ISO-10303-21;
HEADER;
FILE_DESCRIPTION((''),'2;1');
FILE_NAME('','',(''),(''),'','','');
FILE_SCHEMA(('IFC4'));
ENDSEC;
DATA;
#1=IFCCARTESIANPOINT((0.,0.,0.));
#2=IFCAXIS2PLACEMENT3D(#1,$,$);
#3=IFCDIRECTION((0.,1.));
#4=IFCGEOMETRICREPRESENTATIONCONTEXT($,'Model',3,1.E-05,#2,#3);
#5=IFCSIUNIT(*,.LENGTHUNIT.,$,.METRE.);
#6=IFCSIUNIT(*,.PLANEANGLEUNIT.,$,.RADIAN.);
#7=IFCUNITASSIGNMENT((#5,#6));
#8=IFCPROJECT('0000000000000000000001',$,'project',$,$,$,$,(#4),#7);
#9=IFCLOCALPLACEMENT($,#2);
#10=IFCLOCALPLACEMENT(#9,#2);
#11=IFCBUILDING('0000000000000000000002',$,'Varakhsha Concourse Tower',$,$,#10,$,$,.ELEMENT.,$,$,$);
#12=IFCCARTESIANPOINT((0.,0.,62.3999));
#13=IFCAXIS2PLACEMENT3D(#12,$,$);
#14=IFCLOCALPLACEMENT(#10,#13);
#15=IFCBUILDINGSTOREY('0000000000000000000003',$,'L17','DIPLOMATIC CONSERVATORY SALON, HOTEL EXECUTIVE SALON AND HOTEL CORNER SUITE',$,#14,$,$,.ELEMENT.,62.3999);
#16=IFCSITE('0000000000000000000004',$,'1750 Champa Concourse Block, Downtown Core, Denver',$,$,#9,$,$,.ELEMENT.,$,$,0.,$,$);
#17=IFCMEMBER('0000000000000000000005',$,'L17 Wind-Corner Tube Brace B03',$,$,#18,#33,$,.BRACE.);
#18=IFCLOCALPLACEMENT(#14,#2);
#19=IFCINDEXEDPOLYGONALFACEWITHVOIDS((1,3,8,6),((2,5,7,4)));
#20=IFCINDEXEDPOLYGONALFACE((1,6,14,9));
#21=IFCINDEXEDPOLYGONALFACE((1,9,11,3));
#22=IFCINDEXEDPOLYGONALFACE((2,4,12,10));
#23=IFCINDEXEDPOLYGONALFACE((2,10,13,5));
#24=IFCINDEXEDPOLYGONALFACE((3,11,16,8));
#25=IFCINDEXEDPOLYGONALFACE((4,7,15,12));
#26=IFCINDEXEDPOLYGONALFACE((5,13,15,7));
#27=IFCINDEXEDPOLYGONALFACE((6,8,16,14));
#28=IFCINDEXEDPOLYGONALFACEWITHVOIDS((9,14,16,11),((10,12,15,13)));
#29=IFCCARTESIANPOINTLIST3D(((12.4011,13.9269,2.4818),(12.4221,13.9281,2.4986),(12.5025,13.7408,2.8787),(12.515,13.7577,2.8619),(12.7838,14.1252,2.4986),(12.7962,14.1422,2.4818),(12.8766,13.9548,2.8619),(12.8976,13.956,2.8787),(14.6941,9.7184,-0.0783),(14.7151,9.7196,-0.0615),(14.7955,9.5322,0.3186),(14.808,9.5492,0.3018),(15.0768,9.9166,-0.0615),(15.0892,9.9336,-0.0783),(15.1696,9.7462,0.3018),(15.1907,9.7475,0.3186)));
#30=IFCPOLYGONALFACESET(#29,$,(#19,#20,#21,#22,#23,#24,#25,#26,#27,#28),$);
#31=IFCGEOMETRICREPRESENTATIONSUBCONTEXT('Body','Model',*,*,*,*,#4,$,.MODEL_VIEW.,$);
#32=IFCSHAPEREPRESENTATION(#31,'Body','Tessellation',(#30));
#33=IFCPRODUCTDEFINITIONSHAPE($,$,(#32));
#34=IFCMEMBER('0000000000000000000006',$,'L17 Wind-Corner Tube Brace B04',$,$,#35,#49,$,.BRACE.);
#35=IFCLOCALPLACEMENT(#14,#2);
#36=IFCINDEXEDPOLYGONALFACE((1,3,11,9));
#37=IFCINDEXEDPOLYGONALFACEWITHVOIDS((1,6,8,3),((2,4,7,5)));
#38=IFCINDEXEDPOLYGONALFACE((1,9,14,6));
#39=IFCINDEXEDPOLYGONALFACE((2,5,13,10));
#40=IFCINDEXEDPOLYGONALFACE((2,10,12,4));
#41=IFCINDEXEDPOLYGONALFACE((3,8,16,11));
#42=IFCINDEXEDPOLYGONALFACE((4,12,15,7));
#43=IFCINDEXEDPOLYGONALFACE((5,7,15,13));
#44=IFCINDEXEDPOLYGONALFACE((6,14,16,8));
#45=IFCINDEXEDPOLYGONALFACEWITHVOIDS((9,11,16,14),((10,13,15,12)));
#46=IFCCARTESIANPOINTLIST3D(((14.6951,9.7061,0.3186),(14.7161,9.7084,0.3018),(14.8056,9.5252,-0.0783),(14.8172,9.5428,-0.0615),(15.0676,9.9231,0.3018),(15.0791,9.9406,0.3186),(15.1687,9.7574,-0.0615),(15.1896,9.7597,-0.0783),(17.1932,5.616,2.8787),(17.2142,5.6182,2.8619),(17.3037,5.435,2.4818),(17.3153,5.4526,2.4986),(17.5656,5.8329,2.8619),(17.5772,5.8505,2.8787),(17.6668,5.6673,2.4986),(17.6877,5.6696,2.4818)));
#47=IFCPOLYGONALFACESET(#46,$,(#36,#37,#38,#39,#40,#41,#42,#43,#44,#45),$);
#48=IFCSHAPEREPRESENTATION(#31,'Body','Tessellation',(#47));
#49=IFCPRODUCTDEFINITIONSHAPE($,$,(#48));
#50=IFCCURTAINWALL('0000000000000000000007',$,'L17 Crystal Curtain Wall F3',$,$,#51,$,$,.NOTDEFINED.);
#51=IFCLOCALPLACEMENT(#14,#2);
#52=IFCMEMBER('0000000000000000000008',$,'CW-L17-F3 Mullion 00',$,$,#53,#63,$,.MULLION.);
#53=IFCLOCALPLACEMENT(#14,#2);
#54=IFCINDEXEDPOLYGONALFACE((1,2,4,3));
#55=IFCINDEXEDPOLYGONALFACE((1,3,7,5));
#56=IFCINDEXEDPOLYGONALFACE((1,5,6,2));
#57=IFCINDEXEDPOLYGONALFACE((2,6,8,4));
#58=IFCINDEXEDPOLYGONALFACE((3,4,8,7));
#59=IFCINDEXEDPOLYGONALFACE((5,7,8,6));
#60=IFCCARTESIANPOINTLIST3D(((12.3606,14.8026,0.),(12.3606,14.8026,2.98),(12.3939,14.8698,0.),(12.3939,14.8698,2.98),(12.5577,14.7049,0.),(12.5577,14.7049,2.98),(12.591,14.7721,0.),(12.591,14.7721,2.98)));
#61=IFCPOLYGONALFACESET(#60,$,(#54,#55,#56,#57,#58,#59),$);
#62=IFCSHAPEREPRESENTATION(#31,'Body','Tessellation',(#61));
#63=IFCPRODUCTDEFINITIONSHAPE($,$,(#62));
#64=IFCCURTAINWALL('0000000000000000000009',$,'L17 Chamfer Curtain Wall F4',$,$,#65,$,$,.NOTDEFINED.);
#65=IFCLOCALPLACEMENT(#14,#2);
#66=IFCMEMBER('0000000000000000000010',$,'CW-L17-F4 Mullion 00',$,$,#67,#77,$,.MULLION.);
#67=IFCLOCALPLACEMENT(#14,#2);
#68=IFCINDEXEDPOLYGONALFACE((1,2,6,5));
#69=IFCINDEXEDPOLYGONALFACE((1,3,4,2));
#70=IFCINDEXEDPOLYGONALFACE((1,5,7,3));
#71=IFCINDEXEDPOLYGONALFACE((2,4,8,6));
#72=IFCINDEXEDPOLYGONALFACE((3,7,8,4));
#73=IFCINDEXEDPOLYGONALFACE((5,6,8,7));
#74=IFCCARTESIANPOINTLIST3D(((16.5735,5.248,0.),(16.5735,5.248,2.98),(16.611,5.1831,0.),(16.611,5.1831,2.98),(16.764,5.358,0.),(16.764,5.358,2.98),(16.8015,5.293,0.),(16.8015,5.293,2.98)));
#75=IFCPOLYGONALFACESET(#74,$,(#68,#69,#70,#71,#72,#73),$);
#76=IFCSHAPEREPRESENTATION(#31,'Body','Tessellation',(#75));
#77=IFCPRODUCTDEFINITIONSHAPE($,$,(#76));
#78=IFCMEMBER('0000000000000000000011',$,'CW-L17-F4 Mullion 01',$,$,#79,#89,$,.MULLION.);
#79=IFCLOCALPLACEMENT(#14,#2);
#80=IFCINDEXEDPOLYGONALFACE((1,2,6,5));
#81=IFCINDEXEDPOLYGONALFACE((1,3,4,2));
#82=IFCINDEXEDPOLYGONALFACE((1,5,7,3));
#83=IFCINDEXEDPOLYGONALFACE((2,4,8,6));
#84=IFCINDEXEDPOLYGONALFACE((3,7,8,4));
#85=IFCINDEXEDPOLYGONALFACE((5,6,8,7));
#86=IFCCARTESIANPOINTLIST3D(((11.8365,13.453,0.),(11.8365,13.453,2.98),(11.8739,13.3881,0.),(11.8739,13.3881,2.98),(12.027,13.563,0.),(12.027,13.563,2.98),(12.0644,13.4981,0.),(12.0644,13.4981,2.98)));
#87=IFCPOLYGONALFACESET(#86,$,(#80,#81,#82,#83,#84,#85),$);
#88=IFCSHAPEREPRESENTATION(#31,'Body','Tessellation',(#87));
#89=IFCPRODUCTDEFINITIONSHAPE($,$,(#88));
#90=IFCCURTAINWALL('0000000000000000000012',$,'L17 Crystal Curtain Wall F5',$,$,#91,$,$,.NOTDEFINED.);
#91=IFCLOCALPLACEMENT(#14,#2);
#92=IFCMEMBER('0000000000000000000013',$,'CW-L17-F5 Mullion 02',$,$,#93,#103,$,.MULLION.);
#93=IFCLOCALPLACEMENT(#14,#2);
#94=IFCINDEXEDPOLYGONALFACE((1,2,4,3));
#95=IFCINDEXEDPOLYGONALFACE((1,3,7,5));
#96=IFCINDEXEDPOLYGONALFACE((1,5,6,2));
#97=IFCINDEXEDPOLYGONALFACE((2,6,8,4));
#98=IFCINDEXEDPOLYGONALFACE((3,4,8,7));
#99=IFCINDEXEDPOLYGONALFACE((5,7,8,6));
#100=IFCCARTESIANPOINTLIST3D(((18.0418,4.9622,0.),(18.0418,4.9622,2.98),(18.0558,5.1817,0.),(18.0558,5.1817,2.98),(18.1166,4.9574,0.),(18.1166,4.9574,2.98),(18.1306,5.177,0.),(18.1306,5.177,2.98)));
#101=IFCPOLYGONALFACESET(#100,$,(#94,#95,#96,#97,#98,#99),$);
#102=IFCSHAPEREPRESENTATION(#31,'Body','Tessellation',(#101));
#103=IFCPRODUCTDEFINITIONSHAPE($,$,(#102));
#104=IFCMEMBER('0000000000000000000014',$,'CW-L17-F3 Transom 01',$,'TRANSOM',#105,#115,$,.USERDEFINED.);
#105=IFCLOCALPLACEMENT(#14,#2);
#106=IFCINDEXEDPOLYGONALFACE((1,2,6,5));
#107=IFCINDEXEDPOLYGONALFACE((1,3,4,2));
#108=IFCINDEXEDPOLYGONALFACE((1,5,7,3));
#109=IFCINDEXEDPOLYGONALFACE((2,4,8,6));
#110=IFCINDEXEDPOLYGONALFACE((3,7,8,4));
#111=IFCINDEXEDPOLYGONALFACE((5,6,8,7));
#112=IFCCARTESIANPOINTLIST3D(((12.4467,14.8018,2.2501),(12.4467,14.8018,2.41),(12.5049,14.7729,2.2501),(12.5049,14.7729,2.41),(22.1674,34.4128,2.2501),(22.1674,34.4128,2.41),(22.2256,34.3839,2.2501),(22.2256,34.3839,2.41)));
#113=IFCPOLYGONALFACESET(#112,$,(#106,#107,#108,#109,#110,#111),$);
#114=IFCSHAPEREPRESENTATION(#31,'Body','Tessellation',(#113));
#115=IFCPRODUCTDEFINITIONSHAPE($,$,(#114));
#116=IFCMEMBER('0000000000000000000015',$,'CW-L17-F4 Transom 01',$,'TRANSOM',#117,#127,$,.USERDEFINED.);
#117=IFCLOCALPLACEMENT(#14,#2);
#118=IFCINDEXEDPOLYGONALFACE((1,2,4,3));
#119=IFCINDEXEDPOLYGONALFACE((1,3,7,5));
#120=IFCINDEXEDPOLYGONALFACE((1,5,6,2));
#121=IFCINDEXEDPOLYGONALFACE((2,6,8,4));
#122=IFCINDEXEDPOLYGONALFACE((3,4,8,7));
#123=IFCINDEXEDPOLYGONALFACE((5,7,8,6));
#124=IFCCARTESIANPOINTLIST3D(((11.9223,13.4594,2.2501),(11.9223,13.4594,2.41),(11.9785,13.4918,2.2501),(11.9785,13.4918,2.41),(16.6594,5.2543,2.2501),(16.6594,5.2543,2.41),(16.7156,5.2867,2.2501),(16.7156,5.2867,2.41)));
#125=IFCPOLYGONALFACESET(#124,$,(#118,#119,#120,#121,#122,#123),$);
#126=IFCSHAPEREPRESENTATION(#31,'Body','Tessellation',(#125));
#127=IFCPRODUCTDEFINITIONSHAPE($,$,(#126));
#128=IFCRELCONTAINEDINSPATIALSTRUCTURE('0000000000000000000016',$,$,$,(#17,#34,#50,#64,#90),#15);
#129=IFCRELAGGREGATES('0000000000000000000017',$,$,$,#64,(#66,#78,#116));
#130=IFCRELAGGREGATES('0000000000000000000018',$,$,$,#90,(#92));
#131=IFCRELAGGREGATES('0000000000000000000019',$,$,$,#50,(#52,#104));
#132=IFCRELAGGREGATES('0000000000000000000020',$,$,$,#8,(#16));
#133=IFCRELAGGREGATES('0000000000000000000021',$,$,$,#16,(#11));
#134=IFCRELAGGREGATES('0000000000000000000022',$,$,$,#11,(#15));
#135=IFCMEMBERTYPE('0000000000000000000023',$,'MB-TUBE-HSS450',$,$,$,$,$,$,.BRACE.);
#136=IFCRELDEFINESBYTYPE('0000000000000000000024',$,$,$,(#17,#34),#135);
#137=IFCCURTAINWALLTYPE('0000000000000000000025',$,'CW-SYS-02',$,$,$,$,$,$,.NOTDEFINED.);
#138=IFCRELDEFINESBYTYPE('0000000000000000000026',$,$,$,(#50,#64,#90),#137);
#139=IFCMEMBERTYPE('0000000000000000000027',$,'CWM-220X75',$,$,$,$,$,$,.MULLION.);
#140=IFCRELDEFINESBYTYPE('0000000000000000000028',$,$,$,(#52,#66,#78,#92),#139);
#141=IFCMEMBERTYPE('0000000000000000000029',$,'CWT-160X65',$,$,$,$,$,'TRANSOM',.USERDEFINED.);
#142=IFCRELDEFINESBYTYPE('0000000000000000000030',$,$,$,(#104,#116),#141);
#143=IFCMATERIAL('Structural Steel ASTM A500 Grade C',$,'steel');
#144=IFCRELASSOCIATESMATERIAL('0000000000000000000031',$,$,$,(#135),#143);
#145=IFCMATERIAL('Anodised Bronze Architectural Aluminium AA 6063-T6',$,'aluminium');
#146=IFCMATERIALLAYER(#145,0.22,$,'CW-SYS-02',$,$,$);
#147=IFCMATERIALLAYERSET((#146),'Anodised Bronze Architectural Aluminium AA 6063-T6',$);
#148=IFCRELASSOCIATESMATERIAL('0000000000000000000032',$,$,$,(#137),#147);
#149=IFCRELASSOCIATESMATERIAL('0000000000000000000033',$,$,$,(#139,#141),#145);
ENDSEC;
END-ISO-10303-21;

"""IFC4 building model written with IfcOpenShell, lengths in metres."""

from ifc_helpers import new_model, si_unit, direction, frame, origin, origin_2d, place, context, subcontext, project, spatial, rectangle, hollow_rectangle, extrude, source, transform, mapped, material, layer, layer_set, material_profile, profile_set, type_object, type_shapes, element, aggregate, save


model = new_model("IFC4")

# Units and contexts
model_context = context("Model", 3, precision=1e-05, world=origin(), true_north=direction((0.0, 1.0)))
body_context = subcontext(model_context, "Body", "Model", "MODEL_VIEW")
ifc_project = project(units=[si_unit("LENGTHUNIT", "METRE"), si_unit("PLANEANGLEUNIT", "RADIAN")], contexts=[model_context])

# Site, building, storey
site_placement = place(None, origin())
site = spatial("IfcSite", under=ifc_project, at=site_placement, Name="1750 Champa Concourse Block, Downtown Core, Denver", CompositionType="ELEMENT", RefElevation=0.0)
building_placement = place(site_placement, origin())
building = spatial("IfcBuilding", under=site, at=building_placement, Name="Varakhsha Concourse Tower", CompositionType="ELEMENT")
storey_placement = place(building_placement, frame((0.0, 0.0, 62.3999)))
storey = spatial("IfcBuildingStorey", under=building, at=storey_placement, Name="L17", Description="DIPLOMATIC CONSERVATORY SALON, HOTEL EXECUTIVE SALON AND HOTEL CORNER SUITE", CompositionType="ELEMENT", Elevation=62.3999)

# Members
ifc_material_1 = material(Name="Structural Steel ASTM A500 Grade C", Category="steel")
ifc_material_profile_1 = material_profile(ifc_material_1, hollow_rectangle(XDim=0.45, YDim=0.45, WallThickness=0.019, at=origin_2d()), Name="HSS 450x450x19")
ifc_profile_set_1 = profile_set([ifc_material_profile_1], Name="Structural Steel ASTM A500 Grade C")
member_type_1 = type_object("IfcMemberType", Name="MB-TUBE-HSS450", PredefinedType="BRACE", material=ifc_profile_set_1)
shared_shape_1 = source(origin(), body_context, "Body", "SweptSolid", [
    extrude(hollow_rectangle(XDim=0.45, YDim=0.45, WallThickness=0.019, at=origin_2d()), origin(), (0.0, 0.0, 1.0), 5.4336),
])
type_shapes(member_type_1, [shared_shape_1])
for number, where, z_axis, x_axis, name in (
    (1, (14.9424, 9.7329, 0.1201), (-0.422005, 0.774544, 0.471161), (-0.878121, -0.478438, 0.0), "L17 Wind-Corner Tube Brace B03"),
    (2, (14.9424, 9.7329, 0.1201), (0.459749, -0.752753, 0.471162), (0.853417, 0.52123, 0.0), "L17 Wind-Corner Tube Brace B04"),
):
    element("IfcMember", number, at=place(storey_placement, frame(where, z_axis=z_axis, x_axis=x_axis)), inside=storey, type_object=member_type_1, Name=name, PredefinedType="BRACE", context=body_context, shape_type="MappedRepresentation", body=[
        mapped(shared_shape_1, transform((0.0, 0.0, 0.0), scale=1.0)),
    ])

# Curtain wall, member
ifc_material_2 = material(Name="Anodised Bronze Architectural Aluminium AA 6063-T6", Category="aluminium")
ifc_layer_1 = layer(ifc_material_2, 0.22, Name="CW-SYS-02")
ifc_layer_set_1 = layer_set([ifc_layer_1], Name="Anodised Bronze Architectural Aluminium AA 6063-T6")
curtain_wall_type = type_object("IfcCurtainWallType", Name="CW-SYS-02", PredefinedType="NOTDEFINED", material=ifc_layer_set_1)
curtain_wall_1_placement = place(storey_placement, origin())
curtain_wall_1 = element("IfcCurtainWall", 3, at=curtain_wall_1_placement, inside=storey, type_object=curtain_wall_type, Name="L17 Crystal Curtain Wall F3", PredefinedType="NOTDEFINED")
ifc_material_profile_2 = material_profile(ifc_material_2, rectangle(XDim=0.075, YDim=0.22, at=origin_2d()), Name="CWM-220X75")
ifc_profile_set_2 = profile_set([ifc_material_profile_2], Name="Anodised Bronze Architectural Aluminium AA 6063-T6")
member_type_2 = type_object("IfcMemberType", Name="CWM-220X75", PredefinedType="MULLION", material=ifc_profile_set_2)
shared_shape_2 = source(origin(), body_context, "Body", "SweptSolid", [
    extrude(rectangle(XDim=0.075, YDim=0.22, at=origin_2d()), origin(), (0.0, 0.0, 1.0), 2.98),
])
type_shapes(member_type_2, [shared_shape_2])
member_1_placement = place(storey_placement, frame((12.4758, 14.7874, 0.0), z_axis=(0.0, 0.0, 1.0), x_axis=(0.44411, 0.895972, 0.0)))
member_1 = element("IfcMember", 4, at=member_1_placement, type_object=member_type_2, Name="CW-L17-F3 Mullion 00", PredefinedType="MULLION", context=body_context, shape_type="MappedRepresentation", body=[
    mapped(shared_shape_2, transform((0.0, 0.0, 0.0), scale=1.0)),
])

# Curtain wall, members
curtain_wall_2_placement = place(storey_placement, origin())
curtain_wall_2 = element("IfcCurtainWall", 5, at=curtain_wall_2_placement, inside=storey, type_object=curtain_wall_type, Name="L17 Chamfer Curtain Wall F4", PredefinedType="NOTDEFINED")
member_2_placement = place(storey_placement, frame((16.6875, 5.2705, 0.0), z_axis=(0.0, 0.0, 1.0), x_axis=(-0.499995, 0.866028, 0.0)))
member_2 = element("IfcMember", 6, at=member_2_placement, type_object=member_type_2, Name="CW-L17-F4 Mullion 00", PredefinedType="MULLION", context=body_context, shape_type="MappedRepresentation", body=[
    mapped(shared_shape_2, transform((0.0, 0.0, 0.0), scale=1.0)),
])
member_3_placement = place(storey_placement, frame((11.9504, 13.4756, 0.0), z_axis=(0.0, 0.0, 1.0), x_axis=(-0.499995, 0.866028, 0.0)))
member_3 = element("IfcMember", 7, at=member_3_placement, type_object=member_type_2, Name="CW-L17-F4 Mullion 01", PredefinedType="MULLION", context=body_context, shape_type="MappedRepresentation", body=[
    mapped(shared_shape_2, transform((0.0, 0.0, 0.0), scale=1.0)),
])

# Curtain wall, member
curtain_wall_3_placement = place(storey_placement, origin())
curtain_wall_3 = element("IfcCurtainWall", 8, at=curtain_wall_3_placement, inside=storey, type_object=curtain_wall_type, Name="L17 Crystal Curtain Wall F5", PredefinedType="NOTDEFINED")
member_4_placement = place(storey_placement, frame((18.0862, 5.0696, 0.0), z_axis=(0.0, 0.0, 1.0), x_axis=(-0.99799, 0.063378, 0.0)))
member_4 = element("IfcMember", 9, at=member_4_placement, type_object=member_type_2, Name="CW-L17-F5 Mullion 02", PredefinedType="MULLION", context=body_context, shape_type="MappedRepresentation", body=[
    mapped(shared_shape_2, transform((0.0, 0.0, 0.0), scale=1.0)),
])

# Members
ifc_material_profile_3 = material_profile(ifc_material_2, rectangle(XDim=0.0649, YDim=0.1599, at=origin_2d()), Name="CWT-160X65")
ifc_profile_set_3 = profile_set([ifc_material_profile_3], Name="Anodised Bronze Architectural Aluminium AA 6063-T6")
member_type_3 = type_object("IfcMemberType", Name="CWT-160X65", ElementType="TRANSOM", PredefinedType="USERDEFINED", material=ifc_profile_set_3)
shared_shape_3 = source(origin(), body_context, "Body", "SweptSolid", [
    extrude(rectangle(XDim=0.0649, YDim=0.1599, at=origin_2d()), origin(), (0.0, 0.0, 1.0), 21.8879),
])
member_5_placement = place(storey_placement, frame((12.4758, 14.7874, 2.3301), z_axis=(0.44411, 0.895972, 0.0), x_axis=(-0.895972, 0.44411, 0.0)))
member_5 = element("IfcMember", 10, at=member_5_placement, type_object=member_type_3, Name="CW-L17-F3 Transom 01", ObjectType="TRANSOM", PredefinedType="USERDEFINED", context=body_context, shape_type="MappedRepresentation", body=[
    mapped(shared_shape_3, transform((0.0, 0.0, 0.0), scale=1.0)),
])
shared_shape_4 = source(origin(), body_context, "Body", "SweptSolid", [
    extrude(rectangle(XDim=0.0649, YDim=0.1599, at=origin_2d()), origin(), (0.0, 0.0, 1.0), 9.4744),
])
type_shapes(member_type_3, [shared_shape_3, shared_shape_4])
member_6_placement = place(storey_placement, frame((16.6875, 5.2705, 2.3301), z_axis=(-0.499989, 0.866032, 0.0), x_axis=(-0.866032, -0.499989, 0.0)))
member_6 = element("IfcMember", 11, at=member_6_placement, type_object=member_type_3, Name="CW-L17-F4 Transom 01", ObjectType="TRANSOM", PredefinedType="USERDEFINED", context=body_context, shape_type="MappedRepresentation", body=[
    mapped(shared_shape_4, transform((0.0, 0.0, 0.0), scale=1.0)),
])

aggregate(curtain_wall_2, [member_2, member_3, member_6])
aggregate(curtain_wall_3, [member_4])
aggregate(curtain_wall_1, [member_1, member_5])

save(model, "model.ifc")
